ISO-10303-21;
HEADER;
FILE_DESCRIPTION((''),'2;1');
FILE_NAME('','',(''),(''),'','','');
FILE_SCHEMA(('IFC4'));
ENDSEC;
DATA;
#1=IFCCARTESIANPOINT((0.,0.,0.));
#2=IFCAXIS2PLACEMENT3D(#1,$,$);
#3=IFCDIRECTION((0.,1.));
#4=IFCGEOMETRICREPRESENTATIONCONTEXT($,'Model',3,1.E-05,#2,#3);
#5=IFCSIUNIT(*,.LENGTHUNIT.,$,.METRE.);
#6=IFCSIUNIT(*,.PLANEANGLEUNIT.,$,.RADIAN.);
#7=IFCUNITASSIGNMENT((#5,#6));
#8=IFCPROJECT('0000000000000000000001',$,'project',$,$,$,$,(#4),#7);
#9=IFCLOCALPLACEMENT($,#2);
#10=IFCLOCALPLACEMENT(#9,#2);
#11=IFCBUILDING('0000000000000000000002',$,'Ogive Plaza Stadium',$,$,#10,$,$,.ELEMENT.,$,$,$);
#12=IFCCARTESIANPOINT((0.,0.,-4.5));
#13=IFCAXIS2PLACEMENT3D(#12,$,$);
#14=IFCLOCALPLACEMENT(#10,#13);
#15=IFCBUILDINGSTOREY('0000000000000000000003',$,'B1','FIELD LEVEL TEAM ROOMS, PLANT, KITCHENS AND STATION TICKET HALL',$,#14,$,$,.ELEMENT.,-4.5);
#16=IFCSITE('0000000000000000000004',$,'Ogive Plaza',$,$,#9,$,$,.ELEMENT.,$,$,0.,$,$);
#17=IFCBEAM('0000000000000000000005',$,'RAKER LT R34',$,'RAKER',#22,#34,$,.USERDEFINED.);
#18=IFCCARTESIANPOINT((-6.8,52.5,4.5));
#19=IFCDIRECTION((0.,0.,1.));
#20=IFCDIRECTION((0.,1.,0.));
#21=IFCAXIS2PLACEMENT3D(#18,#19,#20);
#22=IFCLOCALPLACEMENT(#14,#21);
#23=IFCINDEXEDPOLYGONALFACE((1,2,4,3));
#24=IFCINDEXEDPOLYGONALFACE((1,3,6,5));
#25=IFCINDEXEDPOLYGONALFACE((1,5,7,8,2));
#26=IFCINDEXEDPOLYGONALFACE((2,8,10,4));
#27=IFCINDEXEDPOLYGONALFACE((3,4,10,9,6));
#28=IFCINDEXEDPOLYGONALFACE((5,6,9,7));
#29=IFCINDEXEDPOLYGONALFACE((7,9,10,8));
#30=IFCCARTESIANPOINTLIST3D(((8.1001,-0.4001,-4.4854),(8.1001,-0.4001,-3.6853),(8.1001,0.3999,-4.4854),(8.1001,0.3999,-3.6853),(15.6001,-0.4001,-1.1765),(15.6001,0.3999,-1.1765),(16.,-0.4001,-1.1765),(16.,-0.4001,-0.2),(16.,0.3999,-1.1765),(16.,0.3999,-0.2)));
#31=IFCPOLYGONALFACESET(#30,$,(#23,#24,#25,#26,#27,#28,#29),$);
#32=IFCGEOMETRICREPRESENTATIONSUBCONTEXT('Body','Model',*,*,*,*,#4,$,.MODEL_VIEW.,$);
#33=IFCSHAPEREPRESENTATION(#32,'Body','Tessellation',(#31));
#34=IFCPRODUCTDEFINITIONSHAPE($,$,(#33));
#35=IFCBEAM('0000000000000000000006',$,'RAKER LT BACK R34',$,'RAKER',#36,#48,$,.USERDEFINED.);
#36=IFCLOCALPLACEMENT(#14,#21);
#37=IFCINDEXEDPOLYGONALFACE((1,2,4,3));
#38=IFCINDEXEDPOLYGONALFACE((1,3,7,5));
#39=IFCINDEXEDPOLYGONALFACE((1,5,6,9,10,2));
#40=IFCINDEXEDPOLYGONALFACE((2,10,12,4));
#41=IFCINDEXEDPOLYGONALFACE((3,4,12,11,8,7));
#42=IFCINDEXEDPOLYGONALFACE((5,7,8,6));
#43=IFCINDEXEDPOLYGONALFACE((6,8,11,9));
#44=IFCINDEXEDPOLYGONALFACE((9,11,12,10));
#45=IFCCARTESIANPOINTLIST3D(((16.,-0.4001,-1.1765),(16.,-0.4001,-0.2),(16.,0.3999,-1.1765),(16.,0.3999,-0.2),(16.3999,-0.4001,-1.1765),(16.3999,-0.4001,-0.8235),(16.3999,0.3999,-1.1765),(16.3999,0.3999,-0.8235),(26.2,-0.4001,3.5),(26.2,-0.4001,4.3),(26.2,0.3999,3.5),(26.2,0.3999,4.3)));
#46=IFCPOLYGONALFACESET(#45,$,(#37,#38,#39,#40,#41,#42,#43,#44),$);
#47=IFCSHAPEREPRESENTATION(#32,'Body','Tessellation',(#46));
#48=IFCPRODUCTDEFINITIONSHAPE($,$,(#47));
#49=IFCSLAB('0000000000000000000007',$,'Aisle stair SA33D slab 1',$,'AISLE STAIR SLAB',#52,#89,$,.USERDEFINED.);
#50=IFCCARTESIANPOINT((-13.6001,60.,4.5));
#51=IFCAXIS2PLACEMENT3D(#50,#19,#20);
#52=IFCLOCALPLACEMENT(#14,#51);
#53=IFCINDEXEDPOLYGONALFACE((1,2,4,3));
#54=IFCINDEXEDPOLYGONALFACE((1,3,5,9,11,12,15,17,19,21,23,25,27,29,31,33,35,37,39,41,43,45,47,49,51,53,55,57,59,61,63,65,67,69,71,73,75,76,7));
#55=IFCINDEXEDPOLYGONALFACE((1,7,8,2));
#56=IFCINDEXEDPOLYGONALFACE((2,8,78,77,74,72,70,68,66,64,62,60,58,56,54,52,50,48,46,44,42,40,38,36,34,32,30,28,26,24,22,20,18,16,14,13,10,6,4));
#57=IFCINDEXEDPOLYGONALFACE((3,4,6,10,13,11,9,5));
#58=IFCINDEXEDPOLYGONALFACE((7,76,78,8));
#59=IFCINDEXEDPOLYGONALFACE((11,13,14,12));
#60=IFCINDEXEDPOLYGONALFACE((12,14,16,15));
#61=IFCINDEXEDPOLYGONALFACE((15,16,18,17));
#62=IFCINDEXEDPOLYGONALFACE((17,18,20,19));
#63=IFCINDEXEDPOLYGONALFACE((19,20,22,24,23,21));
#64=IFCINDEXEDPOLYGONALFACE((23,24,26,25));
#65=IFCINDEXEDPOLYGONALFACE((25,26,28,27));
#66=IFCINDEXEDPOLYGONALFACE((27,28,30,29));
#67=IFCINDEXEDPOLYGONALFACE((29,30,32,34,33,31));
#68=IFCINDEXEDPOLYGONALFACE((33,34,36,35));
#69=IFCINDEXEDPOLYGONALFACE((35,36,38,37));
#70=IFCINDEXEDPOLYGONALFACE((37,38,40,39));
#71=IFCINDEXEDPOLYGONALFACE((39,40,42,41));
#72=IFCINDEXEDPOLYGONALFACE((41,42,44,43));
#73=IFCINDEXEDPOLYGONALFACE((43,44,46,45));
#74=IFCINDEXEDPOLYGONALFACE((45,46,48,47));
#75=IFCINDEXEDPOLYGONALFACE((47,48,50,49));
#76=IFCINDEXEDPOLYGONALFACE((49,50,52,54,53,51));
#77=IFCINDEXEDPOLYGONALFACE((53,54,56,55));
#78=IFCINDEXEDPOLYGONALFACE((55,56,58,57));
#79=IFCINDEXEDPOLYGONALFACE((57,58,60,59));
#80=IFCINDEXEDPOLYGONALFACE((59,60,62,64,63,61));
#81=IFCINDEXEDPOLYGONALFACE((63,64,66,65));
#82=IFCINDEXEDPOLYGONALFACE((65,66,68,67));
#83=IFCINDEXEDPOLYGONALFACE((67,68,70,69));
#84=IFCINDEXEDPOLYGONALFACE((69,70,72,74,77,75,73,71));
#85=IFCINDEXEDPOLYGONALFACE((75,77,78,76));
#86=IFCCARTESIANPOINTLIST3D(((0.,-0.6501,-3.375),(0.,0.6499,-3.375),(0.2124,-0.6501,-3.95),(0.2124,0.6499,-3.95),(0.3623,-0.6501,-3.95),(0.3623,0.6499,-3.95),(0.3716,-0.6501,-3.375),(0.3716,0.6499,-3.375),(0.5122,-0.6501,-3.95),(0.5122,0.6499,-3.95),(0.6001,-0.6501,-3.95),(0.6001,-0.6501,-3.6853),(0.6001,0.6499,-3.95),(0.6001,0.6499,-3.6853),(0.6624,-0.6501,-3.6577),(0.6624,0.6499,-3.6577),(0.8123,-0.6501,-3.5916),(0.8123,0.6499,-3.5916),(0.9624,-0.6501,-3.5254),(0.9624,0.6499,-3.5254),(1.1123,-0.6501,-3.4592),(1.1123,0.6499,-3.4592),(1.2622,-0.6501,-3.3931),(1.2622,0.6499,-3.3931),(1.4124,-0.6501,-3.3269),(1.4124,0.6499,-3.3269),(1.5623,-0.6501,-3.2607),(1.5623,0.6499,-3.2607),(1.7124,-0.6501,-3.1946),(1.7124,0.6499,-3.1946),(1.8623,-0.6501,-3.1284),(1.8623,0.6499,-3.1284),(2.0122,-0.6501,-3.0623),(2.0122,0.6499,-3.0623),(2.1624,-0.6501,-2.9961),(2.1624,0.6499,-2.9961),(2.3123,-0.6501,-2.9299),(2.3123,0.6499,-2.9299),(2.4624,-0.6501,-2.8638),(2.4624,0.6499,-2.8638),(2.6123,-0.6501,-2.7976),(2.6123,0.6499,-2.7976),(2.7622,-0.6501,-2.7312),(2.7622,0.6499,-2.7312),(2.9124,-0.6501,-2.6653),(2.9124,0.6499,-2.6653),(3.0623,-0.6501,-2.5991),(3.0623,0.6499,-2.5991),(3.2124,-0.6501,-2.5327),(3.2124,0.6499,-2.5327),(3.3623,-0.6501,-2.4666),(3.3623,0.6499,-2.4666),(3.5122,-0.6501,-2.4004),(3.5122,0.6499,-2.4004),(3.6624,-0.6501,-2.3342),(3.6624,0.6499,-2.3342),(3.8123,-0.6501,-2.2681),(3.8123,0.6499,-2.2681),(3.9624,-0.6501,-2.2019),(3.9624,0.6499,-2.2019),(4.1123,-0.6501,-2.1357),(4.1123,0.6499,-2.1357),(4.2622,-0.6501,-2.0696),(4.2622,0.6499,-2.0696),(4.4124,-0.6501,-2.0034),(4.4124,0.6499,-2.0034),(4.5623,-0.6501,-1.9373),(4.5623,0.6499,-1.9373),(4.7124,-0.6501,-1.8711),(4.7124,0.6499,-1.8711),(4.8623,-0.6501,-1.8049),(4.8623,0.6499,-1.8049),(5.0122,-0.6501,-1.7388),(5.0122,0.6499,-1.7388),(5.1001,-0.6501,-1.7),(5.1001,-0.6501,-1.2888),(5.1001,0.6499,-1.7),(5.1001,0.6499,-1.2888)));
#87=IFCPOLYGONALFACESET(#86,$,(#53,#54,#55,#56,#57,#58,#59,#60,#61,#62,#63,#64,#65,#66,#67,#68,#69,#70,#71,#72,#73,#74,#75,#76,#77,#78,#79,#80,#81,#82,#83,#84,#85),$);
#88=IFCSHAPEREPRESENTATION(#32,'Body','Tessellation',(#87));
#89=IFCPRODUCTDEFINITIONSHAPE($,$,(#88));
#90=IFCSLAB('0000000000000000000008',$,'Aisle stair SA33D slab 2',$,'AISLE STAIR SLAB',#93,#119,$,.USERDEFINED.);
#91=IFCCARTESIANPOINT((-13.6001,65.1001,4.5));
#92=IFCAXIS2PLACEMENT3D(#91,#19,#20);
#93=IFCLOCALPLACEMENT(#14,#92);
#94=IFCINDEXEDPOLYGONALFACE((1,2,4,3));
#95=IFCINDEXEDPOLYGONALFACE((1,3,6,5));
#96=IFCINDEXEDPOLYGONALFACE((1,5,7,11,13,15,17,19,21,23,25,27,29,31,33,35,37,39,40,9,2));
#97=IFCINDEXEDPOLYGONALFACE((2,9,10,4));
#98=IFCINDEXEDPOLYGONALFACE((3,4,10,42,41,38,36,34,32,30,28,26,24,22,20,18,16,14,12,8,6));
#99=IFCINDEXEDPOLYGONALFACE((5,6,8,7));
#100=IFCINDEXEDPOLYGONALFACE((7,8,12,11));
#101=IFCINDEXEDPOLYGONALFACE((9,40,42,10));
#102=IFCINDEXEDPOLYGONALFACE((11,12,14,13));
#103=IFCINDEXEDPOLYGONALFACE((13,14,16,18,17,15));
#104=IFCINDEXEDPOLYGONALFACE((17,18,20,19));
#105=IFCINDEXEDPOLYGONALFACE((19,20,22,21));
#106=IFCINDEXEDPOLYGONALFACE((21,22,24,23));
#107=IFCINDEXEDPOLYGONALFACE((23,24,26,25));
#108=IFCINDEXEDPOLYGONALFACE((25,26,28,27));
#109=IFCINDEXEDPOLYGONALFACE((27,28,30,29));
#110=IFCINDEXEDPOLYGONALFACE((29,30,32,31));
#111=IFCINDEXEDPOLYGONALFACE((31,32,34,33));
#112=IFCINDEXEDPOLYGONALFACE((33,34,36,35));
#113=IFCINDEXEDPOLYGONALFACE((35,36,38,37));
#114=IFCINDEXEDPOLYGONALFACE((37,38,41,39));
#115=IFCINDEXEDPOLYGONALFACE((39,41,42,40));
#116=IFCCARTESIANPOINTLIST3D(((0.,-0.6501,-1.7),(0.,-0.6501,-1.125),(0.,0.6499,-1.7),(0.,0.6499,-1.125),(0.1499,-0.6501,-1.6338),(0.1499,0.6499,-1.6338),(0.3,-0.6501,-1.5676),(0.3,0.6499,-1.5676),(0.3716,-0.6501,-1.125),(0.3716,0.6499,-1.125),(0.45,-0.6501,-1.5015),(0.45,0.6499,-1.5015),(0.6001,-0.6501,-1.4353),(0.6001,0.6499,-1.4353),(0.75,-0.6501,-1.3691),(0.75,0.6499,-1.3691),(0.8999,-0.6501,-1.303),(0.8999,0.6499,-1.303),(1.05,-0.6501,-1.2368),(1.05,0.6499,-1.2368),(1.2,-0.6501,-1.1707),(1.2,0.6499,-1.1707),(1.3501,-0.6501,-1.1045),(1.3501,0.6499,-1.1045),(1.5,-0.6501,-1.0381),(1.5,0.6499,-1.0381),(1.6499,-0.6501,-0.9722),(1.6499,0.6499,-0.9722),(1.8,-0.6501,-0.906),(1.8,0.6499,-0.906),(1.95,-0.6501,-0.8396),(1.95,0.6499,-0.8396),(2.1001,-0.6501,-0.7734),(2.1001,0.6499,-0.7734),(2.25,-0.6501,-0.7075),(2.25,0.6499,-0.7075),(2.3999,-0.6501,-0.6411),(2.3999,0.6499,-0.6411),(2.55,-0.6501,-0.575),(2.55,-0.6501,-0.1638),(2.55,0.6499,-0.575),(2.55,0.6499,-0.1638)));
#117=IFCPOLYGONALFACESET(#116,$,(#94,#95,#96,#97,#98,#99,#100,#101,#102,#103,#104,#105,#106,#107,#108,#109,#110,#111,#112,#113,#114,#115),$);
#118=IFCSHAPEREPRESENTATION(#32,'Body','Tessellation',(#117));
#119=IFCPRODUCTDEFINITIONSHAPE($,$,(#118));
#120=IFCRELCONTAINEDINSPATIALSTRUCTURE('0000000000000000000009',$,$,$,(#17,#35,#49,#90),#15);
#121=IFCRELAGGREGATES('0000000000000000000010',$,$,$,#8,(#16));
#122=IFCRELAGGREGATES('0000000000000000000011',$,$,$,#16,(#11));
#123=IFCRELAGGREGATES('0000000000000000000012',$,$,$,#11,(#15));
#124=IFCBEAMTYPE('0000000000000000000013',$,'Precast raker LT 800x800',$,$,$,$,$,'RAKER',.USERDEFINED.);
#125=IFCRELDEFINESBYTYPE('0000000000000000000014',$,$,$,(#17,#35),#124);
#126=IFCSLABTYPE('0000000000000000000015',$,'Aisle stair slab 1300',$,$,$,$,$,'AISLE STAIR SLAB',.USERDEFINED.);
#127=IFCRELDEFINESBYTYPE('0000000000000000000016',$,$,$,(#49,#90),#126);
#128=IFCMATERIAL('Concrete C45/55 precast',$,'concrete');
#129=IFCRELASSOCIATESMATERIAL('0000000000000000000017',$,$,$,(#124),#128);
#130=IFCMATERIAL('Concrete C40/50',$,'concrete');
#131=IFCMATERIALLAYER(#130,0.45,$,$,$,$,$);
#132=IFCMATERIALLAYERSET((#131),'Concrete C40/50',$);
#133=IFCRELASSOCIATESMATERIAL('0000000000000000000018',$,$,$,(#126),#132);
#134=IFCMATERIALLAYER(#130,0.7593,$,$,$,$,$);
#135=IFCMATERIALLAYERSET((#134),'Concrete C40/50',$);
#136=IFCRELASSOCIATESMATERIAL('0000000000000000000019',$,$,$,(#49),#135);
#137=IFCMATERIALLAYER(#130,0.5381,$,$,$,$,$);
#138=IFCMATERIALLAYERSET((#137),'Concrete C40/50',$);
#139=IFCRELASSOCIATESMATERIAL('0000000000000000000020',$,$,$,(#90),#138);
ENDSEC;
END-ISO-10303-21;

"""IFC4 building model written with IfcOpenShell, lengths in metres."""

from ifc_helpers import new_model, si_unit, direction, frame, origin, origin_2d, place, context, subcontext, project, spatial, polyline, rectangle, outline, extrude, material, layer, layer_set, material_profile, profile_set, type_object, element, save


model = new_model("IFC4")

# Units and contexts
model_context = context("Model", 3, precision=1e-05, world=origin(), true_north=direction((0.0, 1.0)))
body_context = subcontext(model_context, "Body", "Model", "MODEL_VIEW")
ifc_project = project(units=[si_unit("LENGTHUNIT", "METRE"), si_unit("PLANEANGLEUNIT", "RADIAN")], contexts=[model_context])

# Site, building, storey
site_placement = place(None, origin())
site = spatial("IfcSite", under=ifc_project, at=site_placement, Name="Ogive Plaza", CompositionType="ELEMENT", RefElevation=0.0)
building_placement = place(site_placement, origin())
building = spatial("IfcBuilding", under=site, at=building_placement, Name="Ogive Plaza Stadium", CompositionType="ELEMENT")
storey_placement = place(building_placement, frame((0.0, 0.0, -4.5)))
storey = spatial("IfcBuildingStorey", under=building, at=storey_placement, Name="B1", Description="FIELD LEVEL TEAM ROOMS, PLANT, KITCHENS AND STATION TICKET HALL", CompositionType="ELEMENT", Elevation=-4.5)

# Beams
ifc_material_1 = material(Name="Concrete C45/55 precast", Category="concrete")
ifc_material_profile_1 = material_profile(ifc_material_1, rectangle(XDim=0.8, YDim=0.8, at=origin_2d()), Name="RC 800x800")
ifc_profile_set_1 = profile_set([ifc_material_profile_1], Name="Concrete C45/55 precast")
beam_type = type_object("IfcBeamType", Name="Precast raker LT 800x800", ElementType="RAKER", PredefinedType="USERDEFINED", material=ifc_profile_set_1)
beam_1_placement = place(storey_placement, frame((-6.8, 52.5, 4.5), z_axis=(0.0, 0.0, 1.0), x_axis=(0.0, 1.0, 0.0)))
element("IfcBeam", 1, at=beam_1_placement, inside=storey, type_object=beam_type, Name="RAKER LT R34", ObjectType="RAKER", PredefinedType="USERDEFINED", context=body_context, shape_type="SweptSolid", body=[
    extrude(outline(polyline([(8.1001, -4.4854), (15.6001, -1.1765), (16.0, -1.1765), (16.0, -0.2), (8.1001, -3.6853), (8.1001, -4.4854)])), frame((0.0, 0.3999, 0.0), z_axis=(0.0, -1.0, 0.0), x_axis=(1.0, 0.0, 0.0)), (0.0, 0.0, 1.0), 0.8),
])
beam_2_placement = place(storey_placement, frame((-6.8, 52.5, 4.5), z_axis=(0.0, 0.0, 1.0), x_axis=(0.0, 1.0, 0.0)))
element("IfcBeam", 2, at=beam_2_placement, inside=storey, type_object=beam_type, Name="RAKER LT BACK R34", ObjectType="RAKER", PredefinedType="USERDEFINED", context=body_context, shape_type="SweptSolid", body=[
    extrude(outline(polyline([(16.0, -1.1765), (16.3999, -1.1765), (16.3999, -0.8235), (26.2, 3.5), (26.2, 4.3), (16.0, -0.2), (16.0, -1.1765)])), frame((0.0, 0.3999, 0.0), z_axis=(0.0, -1.0, 0.0), x_axis=(1.0, 0.0, 0.0)), (0.0, 0.0, 1.0), 0.8),
])

# Slabs
ifc_material_2 = material(Name="Concrete C40/50", Category="concrete")
ifc_layer_1 = layer(ifc_material_2, 0.7593)
ifc_layer_set_1 = layer_set([ifc_layer_1], Name="Concrete C40/50")
ifc_layer_2 = layer(ifc_material_2, 0.45)
ifc_layer_set_2 = layer_set([ifc_layer_2], Name="Concrete C40/50")
slab_type = type_object("IfcSlabType", Name="Aisle stair slab 1300", ElementType="AISLE STAIR SLAB", PredefinedType="USERDEFINED", material=ifc_layer_set_2)
slab_1_placement = place(storey_placement, frame((-13.6001, 60.0, 4.5), z_axis=(0.0, 0.0, 1.0), x_axis=(0.0, 1.0, 0.0)))
element("IfcSlab", 3, at=slab_1_placement, inside=storey, type_object=slab_type, material=ifc_layer_set_1, Name="Aisle stair SA33D slab 1", ObjectType="AISLE STAIR SLAB", PredefinedType="USERDEFINED", context=body_context, shape_type="SweptSolid", body=[
    extrude(outline(polyline([(0.0, -3.375), (0.3716, -3.375), (5.1001, -1.2888), (5.1001, -1.7), (5.0122, -1.7388), (4.8623, -1.8049), (4.7124, -1.8711), (4.5623, -1.9373), (4.4124, -2.0034), (4.2622, -2.0696), (4.1123, -2.1357), (3.9624, -2.2019), (3.8123, -2.2681), (3.6624, -2.3342), (3.5122, -2.4004), (3.3623, -2.4666), (3.2124, -2.5327), (3.0623, -2.5991), (2.9124, -2.6653), (2.7622, -2.7312), (2.6123, -2.7976), (2.4624, -2.8638), (2.3123, -2.9299), (2.1624, -2.9961), (2.0122, -3.0623), (1.8623, -3.1284), (1.7124, -3.1946), (1.5623, -3.2607), (1.4124, -3.3269), (1.2622, -3.3931), (1.1123, -3.4592), (0.9624, -3.5254), (0.8123, -3.5916), (0.6624, -3.6577), (0.6001, -3.6853), (0.6001, -3.95), (0.5122, -3.95), (0.3623, -3.95), (0.2124, -3.95), (0.0, -3.375)])), frame((0.0, 0.6499, 0.0), z_axis=(0.0, -1.0, 0.0), x_axis=(1.0, 0.0, 0.0)), (0.0, 0.0, 1.0), 1.3),
])
ifc_layer_3 = layer(ifc_material_2, 0.5381)
ifc_layer_set_3 = layer_set([ifc_layer_3], Name="Concrete C40/50")
slab_2_placement = place(storey_placement, frame((-13.6001, 65.1001, 4.5), z_axis=(0.0, 0.0, 1.0), x_axis=(0.0, 1.0, 0.0)))
element("IfcSlab", 4, at=slab_2_placement, inside=storey, type_object=slab_type, material=ifc_layer_set_3, Name="Aisle stair SA33D slab 2", ObjectType="AISLE STAIR SLAB", PredefinedType="USERDEFINED", context=body_context, shape_type="SweptSolid", body=[
    extrude(outline(polyline([(0.0, -1.125), (0.3716, -1.125), (2.55, -0.1638), (2.55, -0.575), (2.3999, -0.6411), (2.25, -0.7075), (2.1001, -0.7734), (1.95, -0.8396), (1.8, -0.906), (1.6499, -0.9722), (1.5, -1.0381), (1.3501, -1.1045), (1.2, -1.1707), (1.05, -1.2368), (0.8999, -1.303), (0.75, -1.3691), (0.6001, -1.4353), (0.45, -1.5015), (0.3, -1.5676), (0.1499, -1.6338), (0.0, -1.7), (0.0, -1.125)])), frame((0.0, 0.6499, 0.0), z_axis=(0.0, -1.0, 0.0), x_axis=(1.0, 0.0, 0.0)), (0.0, 0.0, 1.0), 1.3),
])

save(model, "model.ifc")
